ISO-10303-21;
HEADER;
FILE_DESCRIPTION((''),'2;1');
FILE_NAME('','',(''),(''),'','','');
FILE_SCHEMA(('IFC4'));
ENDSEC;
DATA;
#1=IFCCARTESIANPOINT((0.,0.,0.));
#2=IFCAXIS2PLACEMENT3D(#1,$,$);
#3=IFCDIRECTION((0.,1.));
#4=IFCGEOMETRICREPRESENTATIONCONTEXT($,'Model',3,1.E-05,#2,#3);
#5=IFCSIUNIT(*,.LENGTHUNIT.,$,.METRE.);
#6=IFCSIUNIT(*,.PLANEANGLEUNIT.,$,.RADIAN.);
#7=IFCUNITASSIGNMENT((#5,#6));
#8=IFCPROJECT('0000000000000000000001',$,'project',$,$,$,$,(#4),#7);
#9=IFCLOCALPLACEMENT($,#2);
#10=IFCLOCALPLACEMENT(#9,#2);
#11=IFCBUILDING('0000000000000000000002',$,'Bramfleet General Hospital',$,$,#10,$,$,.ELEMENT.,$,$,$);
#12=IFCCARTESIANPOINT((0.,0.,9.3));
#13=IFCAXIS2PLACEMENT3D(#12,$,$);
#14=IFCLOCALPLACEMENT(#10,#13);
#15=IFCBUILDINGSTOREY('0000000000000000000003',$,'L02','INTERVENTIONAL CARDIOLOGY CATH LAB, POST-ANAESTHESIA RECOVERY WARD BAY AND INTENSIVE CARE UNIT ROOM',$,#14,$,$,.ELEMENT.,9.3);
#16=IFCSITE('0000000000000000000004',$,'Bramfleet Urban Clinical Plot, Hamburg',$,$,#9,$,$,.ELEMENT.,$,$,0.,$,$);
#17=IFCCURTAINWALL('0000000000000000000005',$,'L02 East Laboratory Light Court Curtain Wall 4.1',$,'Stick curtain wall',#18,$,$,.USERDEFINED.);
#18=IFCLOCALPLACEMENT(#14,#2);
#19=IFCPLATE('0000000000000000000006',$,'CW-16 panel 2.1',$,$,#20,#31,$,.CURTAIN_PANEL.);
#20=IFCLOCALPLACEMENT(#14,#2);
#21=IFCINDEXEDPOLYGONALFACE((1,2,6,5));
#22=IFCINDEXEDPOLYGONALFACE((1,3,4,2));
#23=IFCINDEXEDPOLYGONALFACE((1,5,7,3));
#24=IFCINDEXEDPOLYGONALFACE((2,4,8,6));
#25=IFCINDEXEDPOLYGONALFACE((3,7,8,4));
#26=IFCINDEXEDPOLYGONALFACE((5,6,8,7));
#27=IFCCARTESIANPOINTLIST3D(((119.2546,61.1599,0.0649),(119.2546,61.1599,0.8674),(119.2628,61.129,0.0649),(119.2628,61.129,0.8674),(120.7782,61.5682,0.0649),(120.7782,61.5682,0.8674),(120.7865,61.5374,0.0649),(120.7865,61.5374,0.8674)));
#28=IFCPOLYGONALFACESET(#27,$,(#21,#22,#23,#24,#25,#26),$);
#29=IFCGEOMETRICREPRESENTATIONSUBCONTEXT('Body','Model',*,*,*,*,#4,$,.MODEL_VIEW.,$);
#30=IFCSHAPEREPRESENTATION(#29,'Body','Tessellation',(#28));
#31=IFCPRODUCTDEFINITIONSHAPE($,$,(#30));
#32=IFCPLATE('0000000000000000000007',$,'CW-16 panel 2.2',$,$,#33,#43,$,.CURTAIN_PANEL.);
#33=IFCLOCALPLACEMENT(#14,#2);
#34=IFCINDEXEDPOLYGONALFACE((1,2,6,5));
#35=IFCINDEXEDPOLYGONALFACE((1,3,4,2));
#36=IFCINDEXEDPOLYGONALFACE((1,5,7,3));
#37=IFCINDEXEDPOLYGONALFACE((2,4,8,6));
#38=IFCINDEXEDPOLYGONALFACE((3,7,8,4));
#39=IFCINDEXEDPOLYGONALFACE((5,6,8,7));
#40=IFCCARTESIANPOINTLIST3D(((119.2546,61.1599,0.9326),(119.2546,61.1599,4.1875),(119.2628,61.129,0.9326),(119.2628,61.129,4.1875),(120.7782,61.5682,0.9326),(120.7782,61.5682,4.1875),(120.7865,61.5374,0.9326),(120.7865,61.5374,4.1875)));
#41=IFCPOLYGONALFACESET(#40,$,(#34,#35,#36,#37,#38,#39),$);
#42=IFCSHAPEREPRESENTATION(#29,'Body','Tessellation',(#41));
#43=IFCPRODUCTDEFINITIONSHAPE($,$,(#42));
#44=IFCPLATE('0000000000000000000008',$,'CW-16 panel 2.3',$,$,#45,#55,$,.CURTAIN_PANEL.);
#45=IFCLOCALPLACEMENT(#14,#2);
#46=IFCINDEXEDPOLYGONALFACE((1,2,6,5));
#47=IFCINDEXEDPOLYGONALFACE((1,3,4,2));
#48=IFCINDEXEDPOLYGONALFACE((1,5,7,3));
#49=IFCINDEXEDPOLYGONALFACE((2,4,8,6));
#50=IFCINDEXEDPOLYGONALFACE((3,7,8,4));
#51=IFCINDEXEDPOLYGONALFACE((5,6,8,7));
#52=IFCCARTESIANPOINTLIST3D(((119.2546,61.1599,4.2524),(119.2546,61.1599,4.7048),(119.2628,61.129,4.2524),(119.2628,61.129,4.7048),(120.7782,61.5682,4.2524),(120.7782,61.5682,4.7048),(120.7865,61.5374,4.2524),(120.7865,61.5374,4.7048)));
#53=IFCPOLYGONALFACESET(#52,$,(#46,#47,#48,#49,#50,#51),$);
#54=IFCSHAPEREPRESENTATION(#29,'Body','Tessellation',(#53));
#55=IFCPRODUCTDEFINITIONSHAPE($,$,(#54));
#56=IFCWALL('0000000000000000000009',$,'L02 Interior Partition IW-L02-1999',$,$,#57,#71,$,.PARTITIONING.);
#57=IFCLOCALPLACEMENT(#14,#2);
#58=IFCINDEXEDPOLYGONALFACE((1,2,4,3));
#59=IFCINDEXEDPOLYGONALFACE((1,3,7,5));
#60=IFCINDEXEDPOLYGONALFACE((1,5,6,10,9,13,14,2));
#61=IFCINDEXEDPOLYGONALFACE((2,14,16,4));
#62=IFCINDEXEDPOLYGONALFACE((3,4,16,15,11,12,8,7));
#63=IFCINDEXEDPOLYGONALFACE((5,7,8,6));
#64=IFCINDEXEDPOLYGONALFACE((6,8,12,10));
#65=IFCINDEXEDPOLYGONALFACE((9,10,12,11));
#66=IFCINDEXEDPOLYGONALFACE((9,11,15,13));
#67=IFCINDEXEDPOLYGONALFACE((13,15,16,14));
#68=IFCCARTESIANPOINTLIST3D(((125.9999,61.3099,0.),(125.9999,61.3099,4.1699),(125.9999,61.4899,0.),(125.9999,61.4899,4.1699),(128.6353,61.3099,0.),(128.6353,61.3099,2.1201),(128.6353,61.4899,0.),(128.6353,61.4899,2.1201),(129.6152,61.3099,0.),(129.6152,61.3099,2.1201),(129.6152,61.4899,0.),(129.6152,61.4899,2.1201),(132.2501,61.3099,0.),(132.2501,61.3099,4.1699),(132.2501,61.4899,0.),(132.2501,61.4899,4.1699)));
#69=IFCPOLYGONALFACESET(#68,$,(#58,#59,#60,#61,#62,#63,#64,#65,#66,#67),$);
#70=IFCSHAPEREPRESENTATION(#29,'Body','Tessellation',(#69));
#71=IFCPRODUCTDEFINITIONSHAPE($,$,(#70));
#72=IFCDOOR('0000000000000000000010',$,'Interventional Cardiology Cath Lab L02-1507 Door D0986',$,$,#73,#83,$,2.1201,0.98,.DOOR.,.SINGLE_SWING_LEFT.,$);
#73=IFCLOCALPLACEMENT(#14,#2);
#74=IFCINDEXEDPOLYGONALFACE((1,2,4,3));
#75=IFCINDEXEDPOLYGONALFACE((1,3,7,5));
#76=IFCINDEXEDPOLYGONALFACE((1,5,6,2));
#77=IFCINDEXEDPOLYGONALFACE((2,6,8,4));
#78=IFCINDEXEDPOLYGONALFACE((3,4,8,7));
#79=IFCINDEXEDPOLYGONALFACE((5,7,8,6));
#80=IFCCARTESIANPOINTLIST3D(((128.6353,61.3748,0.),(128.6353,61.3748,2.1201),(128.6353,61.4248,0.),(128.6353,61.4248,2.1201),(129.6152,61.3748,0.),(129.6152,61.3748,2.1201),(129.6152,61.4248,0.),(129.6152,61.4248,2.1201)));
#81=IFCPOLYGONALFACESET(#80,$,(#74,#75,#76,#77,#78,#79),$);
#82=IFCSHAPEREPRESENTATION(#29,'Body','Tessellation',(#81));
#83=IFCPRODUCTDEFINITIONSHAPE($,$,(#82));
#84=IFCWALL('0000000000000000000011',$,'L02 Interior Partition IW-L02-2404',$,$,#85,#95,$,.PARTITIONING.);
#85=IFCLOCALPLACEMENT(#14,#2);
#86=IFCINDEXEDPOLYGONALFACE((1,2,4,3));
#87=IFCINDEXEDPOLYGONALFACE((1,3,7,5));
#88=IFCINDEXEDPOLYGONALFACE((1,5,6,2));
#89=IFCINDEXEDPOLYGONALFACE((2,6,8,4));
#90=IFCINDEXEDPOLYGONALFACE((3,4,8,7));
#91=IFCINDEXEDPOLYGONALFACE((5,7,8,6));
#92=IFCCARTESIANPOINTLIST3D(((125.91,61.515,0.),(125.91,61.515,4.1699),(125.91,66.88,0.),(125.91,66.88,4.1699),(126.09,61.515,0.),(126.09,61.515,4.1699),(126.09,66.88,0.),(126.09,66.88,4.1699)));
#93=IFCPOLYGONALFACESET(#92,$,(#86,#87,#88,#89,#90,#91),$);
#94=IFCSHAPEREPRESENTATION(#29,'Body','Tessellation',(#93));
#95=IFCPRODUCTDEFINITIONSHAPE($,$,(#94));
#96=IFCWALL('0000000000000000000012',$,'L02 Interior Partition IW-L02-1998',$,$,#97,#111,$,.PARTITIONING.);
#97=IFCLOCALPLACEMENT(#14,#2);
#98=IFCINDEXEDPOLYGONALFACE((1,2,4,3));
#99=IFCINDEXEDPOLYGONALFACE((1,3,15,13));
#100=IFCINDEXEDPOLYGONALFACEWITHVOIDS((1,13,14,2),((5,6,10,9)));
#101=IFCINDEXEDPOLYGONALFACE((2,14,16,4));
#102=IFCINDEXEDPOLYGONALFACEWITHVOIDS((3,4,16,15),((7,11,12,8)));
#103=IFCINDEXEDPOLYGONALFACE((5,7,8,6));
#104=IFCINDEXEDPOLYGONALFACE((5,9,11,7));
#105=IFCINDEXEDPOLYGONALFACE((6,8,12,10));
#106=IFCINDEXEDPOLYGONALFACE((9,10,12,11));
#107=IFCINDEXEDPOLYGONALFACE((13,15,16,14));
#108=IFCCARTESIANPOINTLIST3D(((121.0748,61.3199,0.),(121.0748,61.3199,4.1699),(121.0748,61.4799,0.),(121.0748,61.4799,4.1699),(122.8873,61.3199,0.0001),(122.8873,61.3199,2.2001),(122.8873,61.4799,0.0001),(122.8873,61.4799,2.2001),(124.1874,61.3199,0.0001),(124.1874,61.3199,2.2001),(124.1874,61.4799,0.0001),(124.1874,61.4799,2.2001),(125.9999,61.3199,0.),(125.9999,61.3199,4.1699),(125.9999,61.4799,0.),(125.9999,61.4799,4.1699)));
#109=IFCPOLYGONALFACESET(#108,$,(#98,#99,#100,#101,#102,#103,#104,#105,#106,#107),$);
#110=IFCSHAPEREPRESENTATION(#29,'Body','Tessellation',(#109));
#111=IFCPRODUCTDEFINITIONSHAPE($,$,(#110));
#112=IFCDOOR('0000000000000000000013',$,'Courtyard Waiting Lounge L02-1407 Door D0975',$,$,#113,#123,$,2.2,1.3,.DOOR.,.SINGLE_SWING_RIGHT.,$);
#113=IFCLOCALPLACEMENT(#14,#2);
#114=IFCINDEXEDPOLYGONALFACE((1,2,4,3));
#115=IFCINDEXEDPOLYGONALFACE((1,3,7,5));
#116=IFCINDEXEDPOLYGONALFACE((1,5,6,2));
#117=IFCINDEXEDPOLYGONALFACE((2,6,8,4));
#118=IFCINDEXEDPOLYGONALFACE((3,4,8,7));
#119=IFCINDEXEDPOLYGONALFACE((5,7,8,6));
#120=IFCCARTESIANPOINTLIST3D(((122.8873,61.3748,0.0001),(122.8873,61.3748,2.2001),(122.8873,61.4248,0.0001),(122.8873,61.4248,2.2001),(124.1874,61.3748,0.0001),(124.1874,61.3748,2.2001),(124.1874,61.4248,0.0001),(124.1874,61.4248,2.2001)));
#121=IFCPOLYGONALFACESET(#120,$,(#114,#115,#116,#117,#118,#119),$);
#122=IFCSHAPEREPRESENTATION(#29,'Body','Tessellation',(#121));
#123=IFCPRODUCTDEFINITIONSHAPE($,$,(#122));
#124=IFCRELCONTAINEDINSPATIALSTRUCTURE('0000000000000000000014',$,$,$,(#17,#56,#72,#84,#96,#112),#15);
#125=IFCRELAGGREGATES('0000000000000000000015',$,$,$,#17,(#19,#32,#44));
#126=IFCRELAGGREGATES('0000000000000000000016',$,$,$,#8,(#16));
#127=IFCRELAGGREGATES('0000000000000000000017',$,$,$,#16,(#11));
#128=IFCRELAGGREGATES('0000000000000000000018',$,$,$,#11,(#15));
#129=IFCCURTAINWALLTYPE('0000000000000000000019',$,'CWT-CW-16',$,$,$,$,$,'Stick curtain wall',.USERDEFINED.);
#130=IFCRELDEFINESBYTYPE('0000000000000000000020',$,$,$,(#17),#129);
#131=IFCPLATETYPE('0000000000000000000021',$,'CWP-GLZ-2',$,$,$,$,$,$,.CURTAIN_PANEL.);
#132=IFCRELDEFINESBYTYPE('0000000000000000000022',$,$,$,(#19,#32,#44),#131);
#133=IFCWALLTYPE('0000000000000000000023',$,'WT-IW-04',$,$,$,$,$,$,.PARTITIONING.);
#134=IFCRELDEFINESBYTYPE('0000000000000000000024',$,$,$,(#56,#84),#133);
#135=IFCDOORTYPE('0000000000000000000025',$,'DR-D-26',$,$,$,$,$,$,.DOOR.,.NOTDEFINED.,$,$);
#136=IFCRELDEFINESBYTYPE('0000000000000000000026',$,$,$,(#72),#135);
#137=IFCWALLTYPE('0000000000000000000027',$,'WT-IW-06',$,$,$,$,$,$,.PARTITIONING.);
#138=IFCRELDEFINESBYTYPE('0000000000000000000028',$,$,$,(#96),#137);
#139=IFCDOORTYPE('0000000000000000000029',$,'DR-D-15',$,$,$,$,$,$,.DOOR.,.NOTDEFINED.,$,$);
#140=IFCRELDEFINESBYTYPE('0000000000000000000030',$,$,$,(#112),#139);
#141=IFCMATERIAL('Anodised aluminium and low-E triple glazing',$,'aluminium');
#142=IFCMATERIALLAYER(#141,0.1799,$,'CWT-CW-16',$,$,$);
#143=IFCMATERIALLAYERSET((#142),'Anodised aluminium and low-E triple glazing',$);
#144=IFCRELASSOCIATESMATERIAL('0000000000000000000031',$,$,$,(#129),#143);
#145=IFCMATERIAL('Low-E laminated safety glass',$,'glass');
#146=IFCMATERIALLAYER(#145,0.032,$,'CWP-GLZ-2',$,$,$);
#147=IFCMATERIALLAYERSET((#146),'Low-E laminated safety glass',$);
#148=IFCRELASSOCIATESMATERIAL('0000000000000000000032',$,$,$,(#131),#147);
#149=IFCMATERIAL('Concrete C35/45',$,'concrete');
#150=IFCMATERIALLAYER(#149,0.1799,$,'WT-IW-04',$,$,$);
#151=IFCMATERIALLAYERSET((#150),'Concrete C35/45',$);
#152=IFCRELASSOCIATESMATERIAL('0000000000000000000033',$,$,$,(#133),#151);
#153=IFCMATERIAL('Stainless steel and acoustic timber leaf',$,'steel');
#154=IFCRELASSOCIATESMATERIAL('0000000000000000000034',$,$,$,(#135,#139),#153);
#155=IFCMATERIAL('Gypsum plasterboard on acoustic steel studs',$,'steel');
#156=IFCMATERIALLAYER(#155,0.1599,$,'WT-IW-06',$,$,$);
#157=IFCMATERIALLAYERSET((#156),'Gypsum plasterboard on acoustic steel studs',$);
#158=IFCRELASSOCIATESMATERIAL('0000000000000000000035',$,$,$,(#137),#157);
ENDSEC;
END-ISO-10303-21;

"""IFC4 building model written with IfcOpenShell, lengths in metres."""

from ifc_helpers import new_model, si_unit, direction, frame, frame_2d, origin, origin_2d, place, context, subcontext, project, spatial, rectangle, extrude, material, layer, layer_set, type_object, element, fill, aggregate, save


model = new_model("IFC4")

# Units and contexts
model_context = context("Model", 3, precision=1e-05, world=origin(), true_north=direction((0.0, 1.0)))
body_context = subcontext(model_context, "Body", "Model", "MODEL_VIEW")
ifc_project = project(units=[si_unit("LENGTHUNIT", "METRE"), si_unit("PLANEANGLEUNIT", "RADIAN")], contexts=[model_context])

# Site, building, storey
site_placement = place(None, origin())
site = spatial("IfcSite", under=ifc_project, at=site_placement, Name="Bramfleet Urban Clinical Plot, Hamburg", CompositionType="ELEMENT", RefElevation=0.0)
building_placement = place(site_placement, origin())
building = spatial("IfcBuilding", under=site, at=building_placement, Name="Bramfleet General Hospital", CompositionType="ELEMENT")
storey_placement = place(building_placement, frame((0.0, 0.0, 9.3)))
storey = spatial("IfcBuildingStorey", under=building, at=storey_placement, Name="L02", Description="INTERVENTIONAL CARDIOLOGY CATH LAB, POST-ANAESTHESIA RECOVERY WARD BAY AND INTENSIVE CARE UNIT ROOM", CompositionType="ELEMENT", Elevation=9.3)

# Shared definitions
ifc_material_1 = material(Name="Concrete C35/45", Category="concrete")

# Curtain wall
ifc_material_2 = material(Name="Anodised aluminium and low-E triple glazing", Category="aluminium")
ifc_layer_1 = layer(ifc_material_2, 0.1799, Name="CWT-CW-16")
ifc_layer_set_1 = layer_set([ifc_layer_1], Name="Anodised aluminium and low-E triple glazing")
curtain_wall_type_1 = type_object("IfcCurtainWallType", Name="CWT-CW-16", ElementType="Stick curtain wall", PredefinedType="USERDEFINED", material=ifc_layer_set_1)
curtain_wall_1_placement = place(storey_placement, origin())
curtain_wall_1 = element("IfcCurtainWall", 1, at=curtain_wall_1_placement, inside=storey, type_object=curtain_wall_type_1, Name="L02 East Laboratory Light Court Curtain Wall 4.1", ObjectType="Stick curtain wall", PredefinedType="USERDEFINED")

# Plates
ifc_material_3 = material(Name="Low-E laminated safety glass", Category="glass")
ifc_layer_2 = layer(ifc_material_3, 0.032, Name="CWP-GLZ-2")
ifc_layer_set_2 = layer_set([ifc_layer_2], Name="Low-E laminated safety glass")
plate_type = type_object("IfcPlateType", Name="CWP-GLZ-2", PredefinedType="CURTAIN_PANEL", material=ifc_layer_set_2)
plate_1_placement = place(storey_placement, frame((120.0205, 61.3486, 0.0649), z_axis=(0.0, 0.0, 1.0), x_axis=(0.965914, 0.258865, 0.0)))
plate_1 = element("IfcPlate", 2, at=plate_1_placement, type_object=plate_type, Name="CW-16 panel 2.1", PredefinedType="CURTAIN_PANEL", context=body_context, shape_type="SweptSolid", body=[
    extrude(rectangle(XDim=1.5774, YDim=0.032, at=origin_2d()), origin(), (0.0, 0.0, 1.0), 0.8025),
])
plate_2_placement = place(storey_placement, frame((120.0205, 61.3486, 0.9326), z_axis=(0.0, 0.0, 1.0), x_axis=(0.965914, 0.258865, 0.0)))
plate_2 = element("IfcPlate", 3, at=plate_2_placement, type_object=plate_type, Name="CW-16 panel 2.2", PredefinedType="CURTAIN_PANEL", context=body_context, shape_type="SweptSolid", body=[
    extrude(rectangle(XDim=1.5774, YDim=0.032, at=origin_2d()), origin(), (0.0, 0.0, 1.0), 3.2549),
])
plate_3_placement = place(storey_placement, frame((120.0205, 61.3486, 4.2524), z_axis=(0.0, 0.0, 1.0), x_axis=(0.965914, 0.258865, 0.0)))
plate_3 = element("IfcPlate", 4, at=plate_3_placement, type_object=plate_type, Name="CW-16 panel 2.3", PredefinedType="CURTAIN_PANEL", context=body_context, shape_type="SweptSolid", body=[
    extrude(rectangle(XDim=1.5774, YDim=0.032, at=origin_2d()), origin(), (0.0, 0.0, 1.0), 0.4524),
])
aggregate(curtain_wall_1, [plate_1, plate_2, plate_3])

# Wall, opening, door
ifc_layer_3 = layer(ifc_material_1, 0.1799, Name="WT-IW-04")
ifc_layer_set_3 = layer_set([ifc_layer_3], Name="Concrete C35/45")
wall_type_1 = type_object("IfcWallType", Name="WT-IW-04", PredefinedType="PARTITIONING", material=ifc_layer_set_3)
wall_1_placement = place(storey_placement, frame((126.0, 61.3999, 0.0), z_axis=(0.0, 0.0, 1.0), x_axis=(1.0, 0.0, 0.0)))
wall_1 = element("IfcWall", 5, at=wall_1_placement, inside=storey, type_object=wall_type_1, Name="L02 Interior Partition IW-L02-1999", PredefinedType="PARTITIONING", context=body_context, shape_type="SweptSolid", body=[
    extrude(rectangle(XDim=6.2502, YDim=0.1799, at=frame_2d((3.125, 0.0))), origin(), (0.0, 0.0, 1.0), 4.1699),
])
opening_1_placement = place(wall_1_placement, frame((2.6353, 0.0, 0.0)))
opening_1 = element("IfcOpeningElement", 6, at=opening_1_placement, cuts=wall_1, PredefinedType="OPENING", context=body_context, shape_type="SweptSolid", body=[
    extrude(rectangle(XDim=0.98, YDim=2.1201, at=frame_2d((0.49, 1.0601))), frame((0.0, 0.0999, 0.0), z_axis=(0.0, -1.0, 0.0), x_axis=(1.0, 0.0, 0.0)), (0.0, 0.0, 1.0), 0.2),
])
ifc_material_4 = material(Name="Stainless steel and acoustic timber leaf", Category="steel")
door_type_1 = type_object("IfcDoorType", Name="DR-D-26", OperationType="NOTDEFINED", PredefinedType="DOOR", material=ifc_material_4)
door_1_placement = place(opening_1_placement, origin())
door_1 = element("IfcDoor", 7, at=door_1_placement, inside=storey, type_object=door_type_1, Name="Interventional Cardiology Cath Lab L02-1507 Door D0986", OperationType="SINGLE_SWING_LEFT", OverallHeight=2.1201, OverallWidth=0.98, PredefinedType="DOOR", context=body_context, shape_type="SweptSolid", body=[
    extrude(rectangle(XDim=0.98, YDim=2.1201, at=frame_2d((0.49, 1.0601))), frame((0.0, 0.0249, 0.0), z_axis=(0.0, -1.0, 0.0), x_axis=(1.0, 0.0, 0.0)), (0.0, 0.0, 1.0), 0.05),
])
fill(opening_1, door_1)

# Wall
wall_2_placement = place(storey_placement, frame((126.0, 61.5149, 0.0), z_axis=(0.0, 0.0, 1.0), x_axis=(0.0, 1.0, 0.0)))
element("IfcWall", 8, at=wall_2_placement, inside=storey, type_object=wall_type_1, Name="L02 Interior Partition IW-L02-2404", PredefinedType="PARTITIONING", context=body_context, shape_type="SweptSolid", body=[
    extrude(rectangle(XDim=5.365, YDim=0.1799, at=frame_2d((2.6826, 0.0))), origin(), (0.0, 0.0, 1.0), 4.1699),
])

# Wall, opening, door
ifc_material_5 = material(Name="Gypsum plasterboard on acoustic steel studs", Category="steel")
ifc_layer_4 = layer(ifc_material_5, 0.1599, Name="WT-IW-06")
ifc_layer_set_4 = layer_set([ifc_layer_4], Name="Gypsum plasterboard on acoustic steel studs")
wall_type_2 = type_object("IfcWallType", Name="WT-IW-06", PredefinedType="PARTITIONING", material=ifc_layer_set_4)
wall_3_placement = place(storey_placement, frame((121.075, 61.3999, 0.0), z_axis=(0.0, 0.0, 1.0), x_axis=(1.0, 0.0, 0.0)))
wall_3 = element("IfcWall", 9, at=wall_3_placement, inside=storey, type_object=wall_type_2, Name="L02 Interior Partition IW-L02-1998", PredefinedType="PARTITIONING", context=body_context, shape_type="SweptSolid", body=[
    extrude(rectangle(XDim=4.925, YDim=0.1599, at=frame_2d((2.4624, 0.0))), origin(), (0.0, 0.0, 1.0), 4.1699),
])
opening_2_placement = place(wall_3_placement, frame((1.8125, 0.0, 0.0)))
opening_2 = element("IfcOpeningElement", 10, at=opening_2_placement, cuts=wall_3, PredefinedType="OPENING", context=body_context, shape_type="SweptSolid", body=[
    extrude(rectangle(XDim=1.3, YDim=2.2, at=frame_2d((0.6499, 1.1001))), frame((0.0, 0.0898, 0.0), z_axis=(0.0, -1.0, 0.0), x_axis=(1.0, 0.0, 0.0)), (0.0, 0.0, 1.0), 0.1799),
])
door_type_2 = type_object("IfcDoorType", Name="DR-D-15", OperationType="NOTDEFINED", PredefinedType="DOOR", material=ifc_material_4)
door_2_placement = place(opening_2_placement, origin())
door_2 = element("IfcDoor", 11, at=door_2_placement, inside=storey, type_object=door_type_2, Name="Courtyard Waiting Lounge L02-1407 Door D0975", OperationType="SINGLE_SWING_RIGHT", OverallHeight=2.2, OverallWidth=1.3, PredefinedType="DOOR", context=body_context, shape_type="SweptSolid", body=[
    extrude(rectangle(XDim=1.3, YDim=2.2, at=frame_2d((0.6499, 1.1001))), frame((0.0, 0.0249, 0.0), z_axis=(0.0, -1.0, 0.0), x_axis=(1.0, 0.0, 0.0)), (0.0, 0.0, 1.0), 0.05),
])
fill(opening_2, door_2)

save(model, "model.ifc")
